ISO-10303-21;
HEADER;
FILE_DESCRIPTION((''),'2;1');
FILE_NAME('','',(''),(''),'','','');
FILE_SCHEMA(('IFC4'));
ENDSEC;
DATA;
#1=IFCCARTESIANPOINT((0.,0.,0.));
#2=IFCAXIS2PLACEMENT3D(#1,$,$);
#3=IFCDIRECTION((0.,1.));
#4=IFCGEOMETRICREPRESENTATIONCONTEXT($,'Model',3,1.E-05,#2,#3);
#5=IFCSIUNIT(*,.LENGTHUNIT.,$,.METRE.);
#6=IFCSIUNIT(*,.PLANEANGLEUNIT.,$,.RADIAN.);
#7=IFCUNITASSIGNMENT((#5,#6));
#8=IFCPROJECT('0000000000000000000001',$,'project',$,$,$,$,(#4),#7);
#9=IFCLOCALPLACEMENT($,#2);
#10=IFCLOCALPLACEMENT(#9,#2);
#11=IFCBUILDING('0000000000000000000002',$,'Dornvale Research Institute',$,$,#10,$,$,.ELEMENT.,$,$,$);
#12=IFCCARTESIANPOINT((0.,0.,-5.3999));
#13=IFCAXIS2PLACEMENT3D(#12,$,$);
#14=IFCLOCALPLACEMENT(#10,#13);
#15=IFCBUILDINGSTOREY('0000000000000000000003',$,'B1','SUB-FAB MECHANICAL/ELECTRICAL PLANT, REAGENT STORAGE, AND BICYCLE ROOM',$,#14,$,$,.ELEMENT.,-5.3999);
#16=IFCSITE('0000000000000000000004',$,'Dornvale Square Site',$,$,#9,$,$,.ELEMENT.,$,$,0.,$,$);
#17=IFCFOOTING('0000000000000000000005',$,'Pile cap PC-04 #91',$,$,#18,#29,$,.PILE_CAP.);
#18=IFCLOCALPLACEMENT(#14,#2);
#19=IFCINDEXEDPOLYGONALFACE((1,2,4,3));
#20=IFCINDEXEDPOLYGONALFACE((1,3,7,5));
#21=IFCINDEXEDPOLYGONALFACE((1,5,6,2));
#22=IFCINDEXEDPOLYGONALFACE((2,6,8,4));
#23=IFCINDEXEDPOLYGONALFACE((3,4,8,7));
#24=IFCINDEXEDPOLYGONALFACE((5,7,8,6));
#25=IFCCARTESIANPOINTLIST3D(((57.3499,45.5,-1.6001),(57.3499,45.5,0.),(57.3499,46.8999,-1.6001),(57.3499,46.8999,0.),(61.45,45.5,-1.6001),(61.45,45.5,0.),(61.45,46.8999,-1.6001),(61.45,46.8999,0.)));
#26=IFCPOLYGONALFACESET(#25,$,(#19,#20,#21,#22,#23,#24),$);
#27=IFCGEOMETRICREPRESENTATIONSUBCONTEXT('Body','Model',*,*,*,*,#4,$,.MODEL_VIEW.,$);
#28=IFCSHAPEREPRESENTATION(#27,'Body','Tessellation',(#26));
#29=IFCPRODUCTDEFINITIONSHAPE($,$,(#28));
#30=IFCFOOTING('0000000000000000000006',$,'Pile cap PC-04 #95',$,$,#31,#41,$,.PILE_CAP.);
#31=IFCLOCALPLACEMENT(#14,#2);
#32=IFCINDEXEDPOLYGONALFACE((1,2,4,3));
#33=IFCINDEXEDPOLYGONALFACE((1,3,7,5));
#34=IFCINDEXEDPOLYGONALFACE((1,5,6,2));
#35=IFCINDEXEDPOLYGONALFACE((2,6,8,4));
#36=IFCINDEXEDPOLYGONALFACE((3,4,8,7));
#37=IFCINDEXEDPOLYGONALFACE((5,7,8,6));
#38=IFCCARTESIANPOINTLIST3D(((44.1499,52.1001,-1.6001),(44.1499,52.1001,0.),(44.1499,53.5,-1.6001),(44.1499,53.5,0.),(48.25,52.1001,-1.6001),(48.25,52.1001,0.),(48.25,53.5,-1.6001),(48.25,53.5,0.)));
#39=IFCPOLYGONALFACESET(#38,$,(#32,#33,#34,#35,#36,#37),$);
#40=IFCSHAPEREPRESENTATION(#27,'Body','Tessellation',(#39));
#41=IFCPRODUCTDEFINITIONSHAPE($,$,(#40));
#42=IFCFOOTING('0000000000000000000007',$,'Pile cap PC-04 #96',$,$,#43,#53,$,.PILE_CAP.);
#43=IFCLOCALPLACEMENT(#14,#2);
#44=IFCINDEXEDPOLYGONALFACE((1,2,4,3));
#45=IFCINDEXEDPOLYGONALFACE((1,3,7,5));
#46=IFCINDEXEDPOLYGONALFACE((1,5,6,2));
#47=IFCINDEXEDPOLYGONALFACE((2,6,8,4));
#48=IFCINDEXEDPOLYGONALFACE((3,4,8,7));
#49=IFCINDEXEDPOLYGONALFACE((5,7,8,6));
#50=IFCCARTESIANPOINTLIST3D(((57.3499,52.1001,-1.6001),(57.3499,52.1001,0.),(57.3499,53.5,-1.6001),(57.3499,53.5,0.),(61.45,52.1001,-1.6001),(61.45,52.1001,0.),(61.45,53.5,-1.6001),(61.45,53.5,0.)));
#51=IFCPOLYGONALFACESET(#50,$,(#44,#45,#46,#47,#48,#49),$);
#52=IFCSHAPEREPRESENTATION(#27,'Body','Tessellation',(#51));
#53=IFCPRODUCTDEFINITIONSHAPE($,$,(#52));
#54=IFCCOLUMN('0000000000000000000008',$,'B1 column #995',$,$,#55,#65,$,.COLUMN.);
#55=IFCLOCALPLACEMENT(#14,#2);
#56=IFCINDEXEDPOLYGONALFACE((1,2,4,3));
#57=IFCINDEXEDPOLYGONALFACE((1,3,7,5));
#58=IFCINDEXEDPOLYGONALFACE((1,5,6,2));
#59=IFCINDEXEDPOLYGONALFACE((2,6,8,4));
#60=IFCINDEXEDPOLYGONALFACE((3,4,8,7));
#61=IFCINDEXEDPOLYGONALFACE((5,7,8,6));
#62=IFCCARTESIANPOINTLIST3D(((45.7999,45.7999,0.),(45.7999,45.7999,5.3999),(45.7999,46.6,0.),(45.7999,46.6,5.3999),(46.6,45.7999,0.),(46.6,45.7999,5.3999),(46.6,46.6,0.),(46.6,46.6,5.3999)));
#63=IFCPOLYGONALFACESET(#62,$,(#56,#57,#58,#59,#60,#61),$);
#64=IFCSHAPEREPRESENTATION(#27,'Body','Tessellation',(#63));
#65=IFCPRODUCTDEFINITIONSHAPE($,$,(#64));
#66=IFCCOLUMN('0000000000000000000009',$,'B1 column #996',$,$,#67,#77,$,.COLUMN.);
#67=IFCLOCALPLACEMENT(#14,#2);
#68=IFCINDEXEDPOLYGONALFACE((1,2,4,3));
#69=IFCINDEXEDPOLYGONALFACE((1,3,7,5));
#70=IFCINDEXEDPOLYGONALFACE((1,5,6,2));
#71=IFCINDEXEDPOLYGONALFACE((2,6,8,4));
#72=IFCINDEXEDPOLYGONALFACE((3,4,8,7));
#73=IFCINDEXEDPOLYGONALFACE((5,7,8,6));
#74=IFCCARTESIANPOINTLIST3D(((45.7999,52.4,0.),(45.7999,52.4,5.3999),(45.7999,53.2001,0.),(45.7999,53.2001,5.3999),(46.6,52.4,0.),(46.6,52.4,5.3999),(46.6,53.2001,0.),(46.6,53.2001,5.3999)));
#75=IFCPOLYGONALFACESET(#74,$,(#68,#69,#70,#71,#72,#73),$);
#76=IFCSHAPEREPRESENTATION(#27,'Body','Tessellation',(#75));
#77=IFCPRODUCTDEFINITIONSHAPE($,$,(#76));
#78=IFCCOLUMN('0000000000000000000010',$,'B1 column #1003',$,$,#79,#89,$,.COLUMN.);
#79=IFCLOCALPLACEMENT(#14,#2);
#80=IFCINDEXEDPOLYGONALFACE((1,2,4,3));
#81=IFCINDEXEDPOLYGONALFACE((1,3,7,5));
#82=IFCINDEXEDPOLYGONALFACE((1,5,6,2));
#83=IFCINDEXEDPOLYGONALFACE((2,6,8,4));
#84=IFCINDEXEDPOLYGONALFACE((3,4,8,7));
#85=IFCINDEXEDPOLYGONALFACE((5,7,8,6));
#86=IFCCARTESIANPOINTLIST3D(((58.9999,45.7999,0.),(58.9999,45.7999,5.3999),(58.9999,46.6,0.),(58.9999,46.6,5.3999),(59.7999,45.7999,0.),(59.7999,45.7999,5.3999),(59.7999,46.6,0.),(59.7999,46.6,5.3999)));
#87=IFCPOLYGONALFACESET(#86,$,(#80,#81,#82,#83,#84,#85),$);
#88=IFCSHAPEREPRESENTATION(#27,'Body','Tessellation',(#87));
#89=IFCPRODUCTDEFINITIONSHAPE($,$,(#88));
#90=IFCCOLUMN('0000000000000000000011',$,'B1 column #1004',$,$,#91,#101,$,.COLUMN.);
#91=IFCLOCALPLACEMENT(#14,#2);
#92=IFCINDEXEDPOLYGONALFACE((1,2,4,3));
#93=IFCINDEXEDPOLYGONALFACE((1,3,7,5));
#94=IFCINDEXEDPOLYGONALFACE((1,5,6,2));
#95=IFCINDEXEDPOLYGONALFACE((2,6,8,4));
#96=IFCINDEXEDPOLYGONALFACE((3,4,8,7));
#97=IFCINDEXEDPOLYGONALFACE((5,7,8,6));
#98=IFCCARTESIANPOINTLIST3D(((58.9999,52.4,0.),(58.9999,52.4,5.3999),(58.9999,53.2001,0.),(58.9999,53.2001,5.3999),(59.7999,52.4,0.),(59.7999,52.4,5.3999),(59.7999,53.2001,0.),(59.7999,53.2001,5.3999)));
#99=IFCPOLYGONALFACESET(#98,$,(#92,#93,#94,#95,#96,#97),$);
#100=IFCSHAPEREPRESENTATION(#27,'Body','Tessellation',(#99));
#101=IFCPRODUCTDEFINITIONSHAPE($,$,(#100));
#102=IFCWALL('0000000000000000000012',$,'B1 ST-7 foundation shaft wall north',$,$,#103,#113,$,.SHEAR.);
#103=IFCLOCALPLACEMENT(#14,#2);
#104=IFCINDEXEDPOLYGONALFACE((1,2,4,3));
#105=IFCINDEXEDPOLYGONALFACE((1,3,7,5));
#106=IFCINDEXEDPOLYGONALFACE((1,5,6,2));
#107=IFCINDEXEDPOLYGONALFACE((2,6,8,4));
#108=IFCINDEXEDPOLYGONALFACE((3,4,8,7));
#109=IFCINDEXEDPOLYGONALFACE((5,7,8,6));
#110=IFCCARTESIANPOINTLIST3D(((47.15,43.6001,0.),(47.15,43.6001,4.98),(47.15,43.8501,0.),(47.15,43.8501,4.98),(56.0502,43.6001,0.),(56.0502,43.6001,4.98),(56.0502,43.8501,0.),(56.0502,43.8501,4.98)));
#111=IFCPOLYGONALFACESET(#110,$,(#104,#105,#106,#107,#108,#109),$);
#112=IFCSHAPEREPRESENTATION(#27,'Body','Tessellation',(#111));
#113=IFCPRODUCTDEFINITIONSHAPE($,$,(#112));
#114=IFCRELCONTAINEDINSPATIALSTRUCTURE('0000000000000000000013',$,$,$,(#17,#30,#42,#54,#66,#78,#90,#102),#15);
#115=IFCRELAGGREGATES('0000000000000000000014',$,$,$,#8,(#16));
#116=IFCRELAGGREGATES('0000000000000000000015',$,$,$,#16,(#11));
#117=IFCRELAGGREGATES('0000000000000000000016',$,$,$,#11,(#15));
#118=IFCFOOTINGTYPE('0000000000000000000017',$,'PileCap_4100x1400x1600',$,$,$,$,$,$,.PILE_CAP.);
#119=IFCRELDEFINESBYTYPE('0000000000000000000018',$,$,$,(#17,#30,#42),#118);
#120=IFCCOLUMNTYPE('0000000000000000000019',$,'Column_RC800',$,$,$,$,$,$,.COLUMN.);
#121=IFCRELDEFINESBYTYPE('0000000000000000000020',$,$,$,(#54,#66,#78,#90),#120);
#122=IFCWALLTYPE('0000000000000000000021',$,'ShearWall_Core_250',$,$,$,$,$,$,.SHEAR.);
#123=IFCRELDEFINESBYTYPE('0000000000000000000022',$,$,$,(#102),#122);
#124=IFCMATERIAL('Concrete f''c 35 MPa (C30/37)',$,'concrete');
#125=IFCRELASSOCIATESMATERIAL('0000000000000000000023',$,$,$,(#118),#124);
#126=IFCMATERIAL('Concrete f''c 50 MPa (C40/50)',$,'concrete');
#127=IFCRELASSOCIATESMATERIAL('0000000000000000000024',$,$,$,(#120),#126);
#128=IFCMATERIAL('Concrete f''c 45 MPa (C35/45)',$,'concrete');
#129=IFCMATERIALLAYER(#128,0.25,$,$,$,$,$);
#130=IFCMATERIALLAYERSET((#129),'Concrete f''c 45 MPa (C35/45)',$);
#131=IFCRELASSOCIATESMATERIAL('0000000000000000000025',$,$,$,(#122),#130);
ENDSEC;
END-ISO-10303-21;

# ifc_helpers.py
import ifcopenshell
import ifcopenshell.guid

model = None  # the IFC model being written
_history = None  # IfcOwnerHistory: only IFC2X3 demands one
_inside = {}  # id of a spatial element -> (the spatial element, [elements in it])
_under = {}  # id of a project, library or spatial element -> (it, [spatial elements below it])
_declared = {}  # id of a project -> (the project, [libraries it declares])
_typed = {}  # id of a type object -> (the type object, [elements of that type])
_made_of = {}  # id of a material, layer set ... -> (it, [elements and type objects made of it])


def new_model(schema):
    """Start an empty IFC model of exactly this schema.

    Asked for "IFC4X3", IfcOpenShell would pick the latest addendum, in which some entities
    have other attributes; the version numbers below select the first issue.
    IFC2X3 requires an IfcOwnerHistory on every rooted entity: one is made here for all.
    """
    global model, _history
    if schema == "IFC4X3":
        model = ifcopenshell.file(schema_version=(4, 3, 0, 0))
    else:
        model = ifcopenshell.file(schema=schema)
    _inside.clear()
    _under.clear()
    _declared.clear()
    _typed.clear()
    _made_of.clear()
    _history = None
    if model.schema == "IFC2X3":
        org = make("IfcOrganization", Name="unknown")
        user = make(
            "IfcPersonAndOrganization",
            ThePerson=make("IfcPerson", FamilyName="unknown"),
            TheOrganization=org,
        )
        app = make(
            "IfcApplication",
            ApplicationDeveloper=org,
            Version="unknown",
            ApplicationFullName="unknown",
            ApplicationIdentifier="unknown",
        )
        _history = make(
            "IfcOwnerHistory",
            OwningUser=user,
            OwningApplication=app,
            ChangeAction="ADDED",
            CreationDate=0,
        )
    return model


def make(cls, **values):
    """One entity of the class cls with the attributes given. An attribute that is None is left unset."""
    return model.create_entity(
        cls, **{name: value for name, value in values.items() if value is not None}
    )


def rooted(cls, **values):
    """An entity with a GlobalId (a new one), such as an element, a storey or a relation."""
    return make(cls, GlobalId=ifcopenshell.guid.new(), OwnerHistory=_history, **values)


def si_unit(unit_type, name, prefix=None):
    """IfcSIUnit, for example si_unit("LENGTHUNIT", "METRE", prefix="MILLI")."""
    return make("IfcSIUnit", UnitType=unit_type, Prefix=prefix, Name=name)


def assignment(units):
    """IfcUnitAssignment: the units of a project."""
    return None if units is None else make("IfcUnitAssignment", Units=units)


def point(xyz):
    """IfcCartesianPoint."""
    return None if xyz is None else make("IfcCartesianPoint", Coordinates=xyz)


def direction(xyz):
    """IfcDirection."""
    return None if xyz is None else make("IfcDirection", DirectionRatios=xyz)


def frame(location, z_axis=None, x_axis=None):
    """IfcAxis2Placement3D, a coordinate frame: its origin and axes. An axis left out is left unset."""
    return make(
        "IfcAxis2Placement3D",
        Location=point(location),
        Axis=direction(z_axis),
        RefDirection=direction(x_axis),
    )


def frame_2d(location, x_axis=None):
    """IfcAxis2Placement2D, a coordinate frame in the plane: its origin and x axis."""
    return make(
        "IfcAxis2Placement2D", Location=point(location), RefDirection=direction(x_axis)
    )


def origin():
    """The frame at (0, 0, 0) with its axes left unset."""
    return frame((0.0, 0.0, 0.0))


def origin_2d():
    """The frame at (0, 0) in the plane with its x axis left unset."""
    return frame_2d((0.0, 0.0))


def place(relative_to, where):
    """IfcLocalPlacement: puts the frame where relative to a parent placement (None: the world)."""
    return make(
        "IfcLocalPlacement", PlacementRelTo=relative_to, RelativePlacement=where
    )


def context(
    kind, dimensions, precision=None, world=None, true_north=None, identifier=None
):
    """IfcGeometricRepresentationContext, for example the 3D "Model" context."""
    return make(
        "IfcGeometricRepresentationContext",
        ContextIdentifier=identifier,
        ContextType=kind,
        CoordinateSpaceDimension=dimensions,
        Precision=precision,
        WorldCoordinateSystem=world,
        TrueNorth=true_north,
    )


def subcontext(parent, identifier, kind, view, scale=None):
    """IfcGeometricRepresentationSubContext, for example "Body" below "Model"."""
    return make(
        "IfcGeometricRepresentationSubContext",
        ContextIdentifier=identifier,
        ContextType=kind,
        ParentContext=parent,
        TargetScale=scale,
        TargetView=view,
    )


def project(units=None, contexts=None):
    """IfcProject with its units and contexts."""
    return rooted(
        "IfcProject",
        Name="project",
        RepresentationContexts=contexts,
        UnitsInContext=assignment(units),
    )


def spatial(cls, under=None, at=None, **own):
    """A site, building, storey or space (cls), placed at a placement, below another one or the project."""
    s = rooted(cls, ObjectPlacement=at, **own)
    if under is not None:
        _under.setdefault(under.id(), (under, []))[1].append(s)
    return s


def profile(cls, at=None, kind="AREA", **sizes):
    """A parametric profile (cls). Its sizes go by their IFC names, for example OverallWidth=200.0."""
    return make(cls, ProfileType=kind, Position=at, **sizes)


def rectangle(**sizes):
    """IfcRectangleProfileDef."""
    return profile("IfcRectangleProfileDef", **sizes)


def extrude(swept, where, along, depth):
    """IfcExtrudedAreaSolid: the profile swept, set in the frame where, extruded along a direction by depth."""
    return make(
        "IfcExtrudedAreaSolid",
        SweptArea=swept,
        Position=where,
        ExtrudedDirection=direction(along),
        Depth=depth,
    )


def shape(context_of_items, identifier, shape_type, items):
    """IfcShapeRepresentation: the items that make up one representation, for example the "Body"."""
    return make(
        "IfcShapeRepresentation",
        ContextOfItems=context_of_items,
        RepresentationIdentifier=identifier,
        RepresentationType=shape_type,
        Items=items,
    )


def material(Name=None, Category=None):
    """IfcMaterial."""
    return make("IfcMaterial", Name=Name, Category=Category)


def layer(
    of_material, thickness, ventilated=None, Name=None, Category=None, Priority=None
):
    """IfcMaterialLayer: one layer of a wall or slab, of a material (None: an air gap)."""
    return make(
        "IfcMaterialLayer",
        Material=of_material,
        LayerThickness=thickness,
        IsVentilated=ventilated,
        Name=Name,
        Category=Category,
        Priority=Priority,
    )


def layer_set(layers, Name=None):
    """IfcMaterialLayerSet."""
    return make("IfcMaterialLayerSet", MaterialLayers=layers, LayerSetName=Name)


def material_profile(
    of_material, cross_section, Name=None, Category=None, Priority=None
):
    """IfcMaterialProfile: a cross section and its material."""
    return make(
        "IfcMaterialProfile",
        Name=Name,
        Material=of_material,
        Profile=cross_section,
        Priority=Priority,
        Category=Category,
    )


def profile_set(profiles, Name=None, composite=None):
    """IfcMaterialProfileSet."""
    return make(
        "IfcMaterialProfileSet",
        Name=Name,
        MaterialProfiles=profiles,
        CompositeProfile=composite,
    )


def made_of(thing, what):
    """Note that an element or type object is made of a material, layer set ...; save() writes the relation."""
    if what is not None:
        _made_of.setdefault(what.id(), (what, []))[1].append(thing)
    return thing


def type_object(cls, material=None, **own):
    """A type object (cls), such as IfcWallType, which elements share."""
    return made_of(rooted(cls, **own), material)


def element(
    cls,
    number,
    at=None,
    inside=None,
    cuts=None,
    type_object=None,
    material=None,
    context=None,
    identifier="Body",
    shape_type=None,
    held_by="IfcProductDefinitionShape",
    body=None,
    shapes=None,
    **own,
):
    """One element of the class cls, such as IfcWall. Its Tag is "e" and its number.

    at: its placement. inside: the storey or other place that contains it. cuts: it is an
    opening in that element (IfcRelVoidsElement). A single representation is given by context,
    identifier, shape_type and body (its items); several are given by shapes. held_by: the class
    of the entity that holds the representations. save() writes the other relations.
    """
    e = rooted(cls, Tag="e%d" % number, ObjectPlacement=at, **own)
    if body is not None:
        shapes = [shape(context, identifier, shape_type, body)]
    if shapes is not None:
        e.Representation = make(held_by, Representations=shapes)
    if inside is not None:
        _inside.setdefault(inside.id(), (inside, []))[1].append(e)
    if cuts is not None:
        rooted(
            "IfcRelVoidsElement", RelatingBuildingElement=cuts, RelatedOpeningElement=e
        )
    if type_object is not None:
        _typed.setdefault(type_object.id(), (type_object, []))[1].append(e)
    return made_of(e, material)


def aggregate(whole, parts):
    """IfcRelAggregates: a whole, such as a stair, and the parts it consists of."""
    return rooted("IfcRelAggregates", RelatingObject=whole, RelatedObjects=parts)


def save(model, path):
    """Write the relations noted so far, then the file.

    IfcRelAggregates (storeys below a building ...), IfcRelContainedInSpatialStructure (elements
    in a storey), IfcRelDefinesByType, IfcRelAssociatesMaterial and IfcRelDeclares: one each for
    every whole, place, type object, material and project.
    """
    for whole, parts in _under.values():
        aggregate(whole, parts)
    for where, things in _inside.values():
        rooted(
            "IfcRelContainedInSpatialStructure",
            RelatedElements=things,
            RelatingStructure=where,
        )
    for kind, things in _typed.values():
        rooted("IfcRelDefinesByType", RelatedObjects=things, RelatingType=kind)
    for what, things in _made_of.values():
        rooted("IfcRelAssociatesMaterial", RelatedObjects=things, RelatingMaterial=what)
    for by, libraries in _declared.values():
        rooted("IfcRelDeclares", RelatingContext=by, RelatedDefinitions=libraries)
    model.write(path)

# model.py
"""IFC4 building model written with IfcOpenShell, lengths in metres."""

from ifc_helpers import new_model, si_unit, direction, frame, frame_2d, origin, origin_2d, place, context, subcontext, project, spatial, rectangle, extrude, material, layer, layer_set, material_profile, profile_set, type_object, element, save


model = new_model("IFC4")

# Units and contexts
model_context = context("Model", 3, precision=1e-05, world=origin(), true_north=direction((0.0, 1.0)))
body_context = subcontext(model_context, "Body", "Model", "MODEL_VIEW")
ifc_project = project(units=[si_unit("LENGTHUNIT", "METRE"), si_unit("PLANEANGLEUNIT", "RADIAN")], contexts=[model_context])

# Site, building, storey
site_placement = place(None, origin())
site = spatial("IfcSite", under=ifc_project, at=site_placement, Name="Dornvale Square Site", CompositionType="ELEMENT", RefElevation=0.0)
building_placement = place(site_placement, origin())
building = spatial("IfcBuilding", under=site, at=building_placement, Name="Dornvale Research Institute", CompositionType="ELEMENT")
storey_placement = place(building_placement, frame((0.0, 0.0, -5.3999)))
storey = spatial("IfcBuildingStorey", under=building, at=storey_placement, Name="B1", Description="SUB-FAB MECHANICAL/ELECTRICAL PLANT, REAGENT STORAGE, AND BICYCLE ROOM", CompositionType="ELEMENT", Elevation=-5.3999)

# Footings
ifc_material_1 = material(Name="Concrete f'c 35 MPa (C30/37)", Category="concrete")
footing_type_1 = type_object("IfcFootingType", Name="PileCap_4100x1400x1600", PredefinedType="PILE_CAP", material=ifc_material_1)
for number, where, z_axis, x_axis, name in (
    (1, (59.3999, 46.2, -1.6001), (0.0, 0.0, 1.0), (1.0, 0.0, 0.0), "Pile cap PC-04 #91"),
    (2, (46.2, 52.8, -1.6001), (0.0, 0.0, 1.0), (1.0, 0.0, 0.0), "Pile cap PC-04 #95"),
    (3, (59.3999, 52.8, -1.6001), (0.0, 0.0, 1.0), (1.0, 0.0, 0.0), "Pile cap PC-04 #96"),
):
    element("IfcFooting", number, at=place(storey_placement, frame(where, z_axis=z_axis, x_axis=x_axis)), inside=storey, type_object=footing_type_1, Name=name, PredefinedType="PILE_CAP", context=body_context, shape_type="SweptSolid", body=[
        extrude(rectangle(XDim=4.1001, YDim=1.3999, at=origin_2d()), origin(), (0.0, 0.0, 1.0), 1.6001),
    ])

# Columns
ifc_material_2 = material(Name="Concrete f'c 50 MPa (C40/50)", Category="concrete")
ifc_material_profile_1 = material_profile(ifc_material_2, rectangle(XDim=0.8, YDim=0.8, at=origin_2d()), Name="RC 800x800")
ifc_profile_set_1 = profile_set([ifc_material_profile_1], Name="Concrete f'c 50 MPa (C40/50)")
column_type = type_object("IfcColumnType", Name="Column_RC800", PredefinedType="COLUMN", material=ifc_profile_set_1)
for number, where, z_axis, x_axis, name in (
    (4, (46.2, 46.2, 0.0), (0.0, 0.0, 1.0), (1.0, 0.0, 0.0), "B1 column #995"),
    (5, (46.2, 52.8, 0.0), (0.0, 0.0, 1.0), (1.0, 0.0, 0.0), "B1 column #996"),
    (6, (59.3999, 46.2, 0.0), (0.0, 0.0, 1.0), (1.0, 0.0, 0.0), "B1 column #1003"),
    (7, (59.3999, 52.8, 0.0), (0.0, 0.0, 1.0), (1.0, 0.0, 0.0), "B1 column #1004"),
):
    element("IfcColumn", number, at=place(storey_placement, frame(where, z_axis=z_axis, x_axis=x_axis)), inside=storey, type_object=column_type, Name=name, PredefinedType="COLUMN", context=body_context, shape_type="SweptSolid", body=[
        extrude(rectangle(XDim=0.8, YDim=0.8, at=origin_2d()), origin(), (0.0, 0.0, 1.0), 5.3999),
    ])

# Wall
ifc_material_3 = material(Name="Concrete f'c 45 MPa (C35/45)", Category="concrete")
ifc_layer = layer(ifc_material_3, 0.25)
ifc_layer_set = layer_set([ifc_layer], Name="Concrete f'c 45 MPa (C35/45)")
wall_type = type_object("IfcWallType", Name="ShearWall_Core_250", PredefinedType="SHEAR", material=ifc_layer_set)
wall_placement = place(storey_placement, frame((47.1499, 43.7251, 0.0), z_axis=(0.0, 0.0, 1.0), x_axis=(1.0, 0.0, 0.0)))
element("IfcWall", 8, at=wall_placement, inside=storey, type_object=wall_type, Name="B1 ST-7 foundation shaft wall north", PredefinedType="SHEAR", context=body_context, shape_type="SweptSolid", body=[
    extrude(rectangle(XDim=8.9001, YDim=0.25, at=frame_2d((4.4502, 0.0))), origin(), (0.0, 0.0, 1.0), 4.98),
])

save(model, "model.ifc")
